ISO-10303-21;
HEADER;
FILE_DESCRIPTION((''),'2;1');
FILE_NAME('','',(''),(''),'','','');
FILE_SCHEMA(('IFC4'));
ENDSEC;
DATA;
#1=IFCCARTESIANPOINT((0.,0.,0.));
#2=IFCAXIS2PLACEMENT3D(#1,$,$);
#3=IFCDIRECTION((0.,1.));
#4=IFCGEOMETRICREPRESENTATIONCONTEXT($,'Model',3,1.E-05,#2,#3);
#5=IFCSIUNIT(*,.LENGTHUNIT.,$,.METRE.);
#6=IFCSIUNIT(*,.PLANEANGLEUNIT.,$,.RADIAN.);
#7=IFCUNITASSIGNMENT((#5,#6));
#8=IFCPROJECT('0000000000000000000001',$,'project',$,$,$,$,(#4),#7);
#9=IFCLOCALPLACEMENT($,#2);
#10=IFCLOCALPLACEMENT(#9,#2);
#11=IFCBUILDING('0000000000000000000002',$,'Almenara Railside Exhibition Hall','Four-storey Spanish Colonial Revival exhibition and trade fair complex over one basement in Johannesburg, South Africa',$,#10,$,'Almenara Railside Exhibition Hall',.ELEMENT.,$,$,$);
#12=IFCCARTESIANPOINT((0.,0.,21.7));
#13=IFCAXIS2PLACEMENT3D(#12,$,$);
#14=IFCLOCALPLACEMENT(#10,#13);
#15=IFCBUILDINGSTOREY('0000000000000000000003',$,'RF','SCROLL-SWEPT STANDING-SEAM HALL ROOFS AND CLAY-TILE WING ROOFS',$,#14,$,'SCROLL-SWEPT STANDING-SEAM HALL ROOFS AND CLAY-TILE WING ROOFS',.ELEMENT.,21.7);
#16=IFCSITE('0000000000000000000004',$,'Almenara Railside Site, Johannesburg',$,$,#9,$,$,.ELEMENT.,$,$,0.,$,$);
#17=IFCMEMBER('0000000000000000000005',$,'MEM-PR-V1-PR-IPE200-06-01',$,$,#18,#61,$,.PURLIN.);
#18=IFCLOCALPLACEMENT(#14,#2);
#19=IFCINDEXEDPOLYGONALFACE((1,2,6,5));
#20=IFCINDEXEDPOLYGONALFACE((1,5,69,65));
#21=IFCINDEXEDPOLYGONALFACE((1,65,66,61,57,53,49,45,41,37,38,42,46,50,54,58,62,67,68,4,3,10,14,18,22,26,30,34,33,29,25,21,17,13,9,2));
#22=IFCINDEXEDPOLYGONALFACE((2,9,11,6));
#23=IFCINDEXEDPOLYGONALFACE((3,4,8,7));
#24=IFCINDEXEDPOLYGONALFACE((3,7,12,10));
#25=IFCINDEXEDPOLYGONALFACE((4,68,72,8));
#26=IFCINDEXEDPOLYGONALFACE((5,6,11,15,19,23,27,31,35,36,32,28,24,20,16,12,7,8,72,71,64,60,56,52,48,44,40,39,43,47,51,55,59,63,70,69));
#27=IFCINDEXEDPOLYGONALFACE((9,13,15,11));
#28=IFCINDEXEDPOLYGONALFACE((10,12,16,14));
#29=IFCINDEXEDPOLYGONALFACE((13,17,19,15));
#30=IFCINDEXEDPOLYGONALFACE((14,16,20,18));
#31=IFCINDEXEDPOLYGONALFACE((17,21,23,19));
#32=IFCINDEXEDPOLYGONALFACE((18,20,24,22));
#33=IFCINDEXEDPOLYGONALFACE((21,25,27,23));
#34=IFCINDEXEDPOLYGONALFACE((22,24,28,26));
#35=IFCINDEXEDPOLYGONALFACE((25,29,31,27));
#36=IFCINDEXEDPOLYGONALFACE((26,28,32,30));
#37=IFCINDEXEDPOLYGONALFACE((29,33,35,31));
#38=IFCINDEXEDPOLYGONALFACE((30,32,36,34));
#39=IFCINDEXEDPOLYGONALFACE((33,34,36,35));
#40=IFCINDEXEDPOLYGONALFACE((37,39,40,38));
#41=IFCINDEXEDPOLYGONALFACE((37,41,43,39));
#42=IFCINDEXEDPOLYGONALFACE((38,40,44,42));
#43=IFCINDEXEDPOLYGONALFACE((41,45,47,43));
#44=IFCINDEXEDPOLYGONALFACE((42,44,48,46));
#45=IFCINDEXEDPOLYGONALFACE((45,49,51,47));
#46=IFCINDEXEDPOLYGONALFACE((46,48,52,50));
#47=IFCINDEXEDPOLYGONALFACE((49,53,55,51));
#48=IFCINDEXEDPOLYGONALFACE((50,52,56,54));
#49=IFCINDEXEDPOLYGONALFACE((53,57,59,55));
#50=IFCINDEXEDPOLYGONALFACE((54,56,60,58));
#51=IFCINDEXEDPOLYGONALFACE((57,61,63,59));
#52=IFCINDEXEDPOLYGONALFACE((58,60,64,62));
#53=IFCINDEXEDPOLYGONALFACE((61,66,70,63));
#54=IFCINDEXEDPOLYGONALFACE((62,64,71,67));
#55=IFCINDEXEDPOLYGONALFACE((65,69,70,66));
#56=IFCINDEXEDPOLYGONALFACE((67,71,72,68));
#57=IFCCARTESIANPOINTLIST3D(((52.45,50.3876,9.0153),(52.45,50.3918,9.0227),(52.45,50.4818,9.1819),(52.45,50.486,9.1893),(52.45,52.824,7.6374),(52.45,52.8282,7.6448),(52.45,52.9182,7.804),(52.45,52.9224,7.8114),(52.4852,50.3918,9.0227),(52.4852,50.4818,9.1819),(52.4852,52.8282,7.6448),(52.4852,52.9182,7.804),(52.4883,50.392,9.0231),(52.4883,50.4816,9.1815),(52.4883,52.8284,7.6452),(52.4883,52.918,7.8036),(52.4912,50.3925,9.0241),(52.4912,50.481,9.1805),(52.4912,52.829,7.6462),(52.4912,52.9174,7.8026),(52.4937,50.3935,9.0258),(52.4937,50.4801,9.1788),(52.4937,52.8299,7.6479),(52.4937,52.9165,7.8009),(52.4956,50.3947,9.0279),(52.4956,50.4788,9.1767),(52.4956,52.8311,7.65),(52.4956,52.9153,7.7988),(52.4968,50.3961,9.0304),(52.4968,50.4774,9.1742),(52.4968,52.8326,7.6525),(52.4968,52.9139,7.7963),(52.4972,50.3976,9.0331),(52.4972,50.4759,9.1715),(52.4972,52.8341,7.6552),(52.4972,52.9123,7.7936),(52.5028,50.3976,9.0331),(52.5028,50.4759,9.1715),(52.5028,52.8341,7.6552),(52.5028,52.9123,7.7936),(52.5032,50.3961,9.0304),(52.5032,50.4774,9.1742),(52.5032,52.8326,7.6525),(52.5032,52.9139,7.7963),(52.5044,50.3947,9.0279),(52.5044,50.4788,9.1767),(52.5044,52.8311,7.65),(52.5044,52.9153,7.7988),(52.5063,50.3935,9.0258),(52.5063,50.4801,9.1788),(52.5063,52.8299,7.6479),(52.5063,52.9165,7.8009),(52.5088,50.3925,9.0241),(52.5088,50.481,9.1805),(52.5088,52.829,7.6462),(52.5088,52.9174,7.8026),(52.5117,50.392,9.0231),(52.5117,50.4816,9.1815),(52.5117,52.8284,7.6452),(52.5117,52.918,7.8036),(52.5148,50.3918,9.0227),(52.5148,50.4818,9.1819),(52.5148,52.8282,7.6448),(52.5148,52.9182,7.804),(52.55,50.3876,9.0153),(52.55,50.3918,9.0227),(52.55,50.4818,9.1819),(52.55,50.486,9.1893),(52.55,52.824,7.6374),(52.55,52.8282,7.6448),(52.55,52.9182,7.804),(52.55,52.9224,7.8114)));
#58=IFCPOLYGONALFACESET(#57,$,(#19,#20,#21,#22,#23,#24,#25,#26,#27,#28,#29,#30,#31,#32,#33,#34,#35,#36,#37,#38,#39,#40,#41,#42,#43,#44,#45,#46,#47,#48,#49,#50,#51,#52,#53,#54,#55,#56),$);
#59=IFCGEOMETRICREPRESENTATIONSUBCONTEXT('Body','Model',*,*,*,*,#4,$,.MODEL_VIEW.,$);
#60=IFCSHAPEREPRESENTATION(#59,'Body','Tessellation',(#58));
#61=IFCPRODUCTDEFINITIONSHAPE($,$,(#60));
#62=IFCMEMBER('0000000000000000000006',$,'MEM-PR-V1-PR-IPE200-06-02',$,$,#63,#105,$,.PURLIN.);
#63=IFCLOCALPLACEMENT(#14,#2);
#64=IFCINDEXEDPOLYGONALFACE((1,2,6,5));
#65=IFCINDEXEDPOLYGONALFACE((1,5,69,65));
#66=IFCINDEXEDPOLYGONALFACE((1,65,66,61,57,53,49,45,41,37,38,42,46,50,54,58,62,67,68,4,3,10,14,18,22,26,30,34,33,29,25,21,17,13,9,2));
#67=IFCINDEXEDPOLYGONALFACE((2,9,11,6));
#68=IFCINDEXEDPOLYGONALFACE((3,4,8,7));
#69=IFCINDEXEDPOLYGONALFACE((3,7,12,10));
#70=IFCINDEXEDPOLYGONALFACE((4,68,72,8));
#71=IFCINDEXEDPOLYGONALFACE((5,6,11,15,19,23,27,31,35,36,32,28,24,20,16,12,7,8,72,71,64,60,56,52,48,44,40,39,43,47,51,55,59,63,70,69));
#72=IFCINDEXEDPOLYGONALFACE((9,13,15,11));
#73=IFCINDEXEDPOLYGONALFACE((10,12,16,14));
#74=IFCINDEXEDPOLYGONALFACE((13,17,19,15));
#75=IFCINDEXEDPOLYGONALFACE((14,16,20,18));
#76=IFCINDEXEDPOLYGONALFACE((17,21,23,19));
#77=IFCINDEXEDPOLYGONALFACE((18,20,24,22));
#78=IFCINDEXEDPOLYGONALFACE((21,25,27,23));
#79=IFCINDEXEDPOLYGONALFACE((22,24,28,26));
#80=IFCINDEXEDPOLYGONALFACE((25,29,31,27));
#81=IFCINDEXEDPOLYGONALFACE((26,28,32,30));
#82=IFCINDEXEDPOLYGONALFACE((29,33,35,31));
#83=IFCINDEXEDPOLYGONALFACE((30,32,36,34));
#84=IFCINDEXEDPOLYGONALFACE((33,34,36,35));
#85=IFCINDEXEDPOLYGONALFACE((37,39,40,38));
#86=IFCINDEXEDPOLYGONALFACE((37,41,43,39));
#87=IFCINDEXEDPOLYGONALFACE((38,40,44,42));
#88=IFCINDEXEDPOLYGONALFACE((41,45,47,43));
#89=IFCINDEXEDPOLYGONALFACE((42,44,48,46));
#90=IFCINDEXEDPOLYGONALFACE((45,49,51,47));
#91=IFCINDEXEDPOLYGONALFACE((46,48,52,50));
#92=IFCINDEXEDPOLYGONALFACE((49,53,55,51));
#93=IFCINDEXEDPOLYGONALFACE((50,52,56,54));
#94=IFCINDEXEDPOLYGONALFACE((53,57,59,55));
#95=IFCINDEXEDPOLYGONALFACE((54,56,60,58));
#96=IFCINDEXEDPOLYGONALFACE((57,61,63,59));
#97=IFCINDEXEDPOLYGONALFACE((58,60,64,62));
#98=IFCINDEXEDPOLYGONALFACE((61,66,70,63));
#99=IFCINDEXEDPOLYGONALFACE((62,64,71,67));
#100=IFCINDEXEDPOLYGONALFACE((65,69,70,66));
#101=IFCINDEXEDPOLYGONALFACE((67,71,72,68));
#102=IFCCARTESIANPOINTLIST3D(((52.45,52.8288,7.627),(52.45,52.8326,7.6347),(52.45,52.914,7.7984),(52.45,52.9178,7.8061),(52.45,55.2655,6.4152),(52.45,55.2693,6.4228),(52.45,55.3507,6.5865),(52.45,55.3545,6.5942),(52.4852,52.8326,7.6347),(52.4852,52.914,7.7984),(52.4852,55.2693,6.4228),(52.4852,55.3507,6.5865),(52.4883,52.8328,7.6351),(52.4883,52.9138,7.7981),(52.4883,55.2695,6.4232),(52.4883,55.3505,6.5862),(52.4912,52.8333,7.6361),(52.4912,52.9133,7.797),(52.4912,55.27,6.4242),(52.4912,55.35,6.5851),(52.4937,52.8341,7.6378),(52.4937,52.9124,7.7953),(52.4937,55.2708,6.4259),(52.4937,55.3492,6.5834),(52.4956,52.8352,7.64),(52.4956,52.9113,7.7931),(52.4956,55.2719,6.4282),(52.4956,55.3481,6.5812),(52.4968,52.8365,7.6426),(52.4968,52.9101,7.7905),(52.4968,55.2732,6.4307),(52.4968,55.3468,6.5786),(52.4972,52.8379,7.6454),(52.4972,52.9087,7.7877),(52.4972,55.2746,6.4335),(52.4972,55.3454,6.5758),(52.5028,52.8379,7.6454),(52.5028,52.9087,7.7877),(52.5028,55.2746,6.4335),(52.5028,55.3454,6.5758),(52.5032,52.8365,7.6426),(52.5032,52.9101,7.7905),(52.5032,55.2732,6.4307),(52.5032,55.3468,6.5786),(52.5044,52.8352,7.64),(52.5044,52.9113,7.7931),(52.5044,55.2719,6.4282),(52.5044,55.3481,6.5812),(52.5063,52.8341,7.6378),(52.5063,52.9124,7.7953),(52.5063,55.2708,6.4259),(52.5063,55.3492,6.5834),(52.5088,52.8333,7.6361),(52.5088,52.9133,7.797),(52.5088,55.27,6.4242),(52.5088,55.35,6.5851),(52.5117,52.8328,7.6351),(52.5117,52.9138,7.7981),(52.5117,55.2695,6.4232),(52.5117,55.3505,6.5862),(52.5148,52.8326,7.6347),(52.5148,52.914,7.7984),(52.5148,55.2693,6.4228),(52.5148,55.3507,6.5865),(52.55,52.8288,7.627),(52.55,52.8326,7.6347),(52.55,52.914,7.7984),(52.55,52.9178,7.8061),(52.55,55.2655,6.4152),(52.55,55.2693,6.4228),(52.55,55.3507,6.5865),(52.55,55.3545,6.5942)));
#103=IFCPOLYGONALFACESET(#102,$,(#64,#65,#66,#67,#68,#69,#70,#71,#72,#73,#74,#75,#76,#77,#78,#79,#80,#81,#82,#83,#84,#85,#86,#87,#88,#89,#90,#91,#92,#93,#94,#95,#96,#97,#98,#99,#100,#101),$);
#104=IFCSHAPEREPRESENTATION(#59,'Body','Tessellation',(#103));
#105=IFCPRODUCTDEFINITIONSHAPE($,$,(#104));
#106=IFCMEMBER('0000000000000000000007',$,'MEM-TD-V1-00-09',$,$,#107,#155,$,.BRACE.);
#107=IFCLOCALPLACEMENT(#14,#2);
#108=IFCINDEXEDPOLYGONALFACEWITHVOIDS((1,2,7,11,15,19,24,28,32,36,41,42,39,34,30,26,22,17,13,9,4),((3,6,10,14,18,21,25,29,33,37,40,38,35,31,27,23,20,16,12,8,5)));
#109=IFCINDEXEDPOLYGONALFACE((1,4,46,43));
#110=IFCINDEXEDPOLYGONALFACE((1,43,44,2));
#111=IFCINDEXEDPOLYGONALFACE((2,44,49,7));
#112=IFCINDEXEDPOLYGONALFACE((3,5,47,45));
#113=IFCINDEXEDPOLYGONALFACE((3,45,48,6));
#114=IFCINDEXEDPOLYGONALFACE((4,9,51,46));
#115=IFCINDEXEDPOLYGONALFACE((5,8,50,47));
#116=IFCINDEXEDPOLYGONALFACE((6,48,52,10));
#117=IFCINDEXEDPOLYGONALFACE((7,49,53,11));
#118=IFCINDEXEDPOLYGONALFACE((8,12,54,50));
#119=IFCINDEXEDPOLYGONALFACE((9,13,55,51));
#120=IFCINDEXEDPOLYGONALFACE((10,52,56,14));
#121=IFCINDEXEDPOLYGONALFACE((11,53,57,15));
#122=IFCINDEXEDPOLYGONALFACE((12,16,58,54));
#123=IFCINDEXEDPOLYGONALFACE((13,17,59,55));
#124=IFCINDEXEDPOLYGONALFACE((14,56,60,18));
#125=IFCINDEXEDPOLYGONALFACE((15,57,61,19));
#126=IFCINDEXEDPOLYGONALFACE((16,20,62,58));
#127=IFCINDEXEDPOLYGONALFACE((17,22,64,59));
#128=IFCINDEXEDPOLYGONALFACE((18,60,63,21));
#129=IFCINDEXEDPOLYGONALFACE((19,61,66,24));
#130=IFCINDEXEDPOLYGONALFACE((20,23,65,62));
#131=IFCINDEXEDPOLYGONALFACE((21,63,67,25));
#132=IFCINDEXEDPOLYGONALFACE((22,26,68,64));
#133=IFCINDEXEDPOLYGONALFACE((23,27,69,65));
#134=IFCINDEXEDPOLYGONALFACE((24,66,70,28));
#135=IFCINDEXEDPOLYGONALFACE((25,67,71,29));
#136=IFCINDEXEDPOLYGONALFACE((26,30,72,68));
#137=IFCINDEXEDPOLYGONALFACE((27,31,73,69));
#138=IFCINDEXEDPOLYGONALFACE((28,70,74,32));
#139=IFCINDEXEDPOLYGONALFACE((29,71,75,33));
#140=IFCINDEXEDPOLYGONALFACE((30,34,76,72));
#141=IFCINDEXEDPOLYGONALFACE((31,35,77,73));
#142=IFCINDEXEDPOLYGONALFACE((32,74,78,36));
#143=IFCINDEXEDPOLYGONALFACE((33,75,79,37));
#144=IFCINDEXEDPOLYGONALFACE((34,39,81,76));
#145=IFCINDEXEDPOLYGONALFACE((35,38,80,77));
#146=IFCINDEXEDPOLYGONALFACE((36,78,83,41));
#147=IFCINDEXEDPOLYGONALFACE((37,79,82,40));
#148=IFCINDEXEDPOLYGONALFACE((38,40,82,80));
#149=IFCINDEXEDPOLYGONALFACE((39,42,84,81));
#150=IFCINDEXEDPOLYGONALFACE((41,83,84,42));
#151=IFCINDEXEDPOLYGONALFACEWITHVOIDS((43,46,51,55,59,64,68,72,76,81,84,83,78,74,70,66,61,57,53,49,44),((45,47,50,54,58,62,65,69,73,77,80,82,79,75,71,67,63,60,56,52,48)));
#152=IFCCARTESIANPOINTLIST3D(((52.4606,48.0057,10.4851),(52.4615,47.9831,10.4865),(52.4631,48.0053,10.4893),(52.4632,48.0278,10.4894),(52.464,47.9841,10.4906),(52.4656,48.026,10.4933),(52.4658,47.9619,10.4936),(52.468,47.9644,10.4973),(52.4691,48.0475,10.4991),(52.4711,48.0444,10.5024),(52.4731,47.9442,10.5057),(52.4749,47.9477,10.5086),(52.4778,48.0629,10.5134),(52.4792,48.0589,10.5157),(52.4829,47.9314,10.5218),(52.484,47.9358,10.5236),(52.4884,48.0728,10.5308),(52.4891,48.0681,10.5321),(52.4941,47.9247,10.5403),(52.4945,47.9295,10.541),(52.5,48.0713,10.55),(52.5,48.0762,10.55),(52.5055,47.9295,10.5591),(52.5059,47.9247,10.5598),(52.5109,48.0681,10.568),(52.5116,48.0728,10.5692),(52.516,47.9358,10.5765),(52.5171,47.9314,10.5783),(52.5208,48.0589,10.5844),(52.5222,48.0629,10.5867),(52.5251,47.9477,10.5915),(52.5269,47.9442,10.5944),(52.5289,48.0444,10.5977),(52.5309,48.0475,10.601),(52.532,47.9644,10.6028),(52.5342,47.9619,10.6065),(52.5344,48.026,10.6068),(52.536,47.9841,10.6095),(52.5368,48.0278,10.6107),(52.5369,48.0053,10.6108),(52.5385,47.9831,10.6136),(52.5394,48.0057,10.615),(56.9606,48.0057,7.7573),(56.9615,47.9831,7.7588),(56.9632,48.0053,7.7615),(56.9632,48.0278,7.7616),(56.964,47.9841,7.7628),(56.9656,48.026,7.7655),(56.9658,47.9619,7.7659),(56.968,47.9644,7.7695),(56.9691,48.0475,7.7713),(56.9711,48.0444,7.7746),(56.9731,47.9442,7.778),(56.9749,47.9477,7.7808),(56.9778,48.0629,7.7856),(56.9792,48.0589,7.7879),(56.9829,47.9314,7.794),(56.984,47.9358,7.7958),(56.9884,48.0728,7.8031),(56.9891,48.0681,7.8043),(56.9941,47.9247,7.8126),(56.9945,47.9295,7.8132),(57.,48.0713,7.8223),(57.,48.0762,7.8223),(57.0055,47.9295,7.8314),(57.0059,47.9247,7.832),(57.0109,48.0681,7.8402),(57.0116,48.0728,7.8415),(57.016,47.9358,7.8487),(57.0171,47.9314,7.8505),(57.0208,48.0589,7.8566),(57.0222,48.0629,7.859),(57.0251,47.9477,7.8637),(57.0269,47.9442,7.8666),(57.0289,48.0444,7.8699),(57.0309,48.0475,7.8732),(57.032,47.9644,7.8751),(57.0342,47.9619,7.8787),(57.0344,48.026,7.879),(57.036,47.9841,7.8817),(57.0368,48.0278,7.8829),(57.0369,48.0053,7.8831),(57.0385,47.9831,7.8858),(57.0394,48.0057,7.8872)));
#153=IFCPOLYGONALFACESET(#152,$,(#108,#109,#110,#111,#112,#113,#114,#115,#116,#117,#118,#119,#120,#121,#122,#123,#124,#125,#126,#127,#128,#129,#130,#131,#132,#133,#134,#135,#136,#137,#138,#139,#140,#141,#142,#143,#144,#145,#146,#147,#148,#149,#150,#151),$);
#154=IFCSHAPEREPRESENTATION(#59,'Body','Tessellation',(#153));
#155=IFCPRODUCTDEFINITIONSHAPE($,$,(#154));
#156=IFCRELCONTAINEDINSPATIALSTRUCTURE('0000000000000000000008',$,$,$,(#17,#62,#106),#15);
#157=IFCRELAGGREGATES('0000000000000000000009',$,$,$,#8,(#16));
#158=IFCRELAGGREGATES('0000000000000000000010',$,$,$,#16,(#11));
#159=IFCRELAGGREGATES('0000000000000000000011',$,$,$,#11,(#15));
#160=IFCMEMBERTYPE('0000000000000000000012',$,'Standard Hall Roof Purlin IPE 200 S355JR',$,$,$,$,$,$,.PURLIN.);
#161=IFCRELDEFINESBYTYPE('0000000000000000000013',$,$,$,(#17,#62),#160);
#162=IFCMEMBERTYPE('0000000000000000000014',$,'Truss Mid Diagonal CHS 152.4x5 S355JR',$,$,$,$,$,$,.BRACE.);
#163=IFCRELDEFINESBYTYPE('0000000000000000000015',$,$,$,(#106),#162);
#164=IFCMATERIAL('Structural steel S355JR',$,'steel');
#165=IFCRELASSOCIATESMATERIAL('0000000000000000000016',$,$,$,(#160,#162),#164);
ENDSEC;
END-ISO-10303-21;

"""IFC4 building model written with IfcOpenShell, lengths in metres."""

from ifc_helpers import new_model, si_unit, direction, frame, origin, origin_2d, place, context, subcontext, project, spatial, hollow_circle, i_section, extrude, material, material_profile, profile_set, type_object, element, save


model = new_model("IFC4")

# Units and contexts
model_context = context("Model", 3, precision=1e-05, world=origin(), true_north=direction((0.0, 1.0)))
body_context = subcontext(model_context, "Body", "Model", "MODEL_VIEW")
ifc_project = project(units=[si_unit("LENGTHUNIT", "METRE"), si_unit("PLANEANGLEUNIT", "RADIAN")], contexts=[model_context])

# Site, building, storey
site_placement = place(None, origin())
site = spatial("IfcSite", under=ifc_project, at=site_placement, Name="Almenara Railside Site, Johannesburg", CompositionType="ELEMENT", RefElevation=0.0)
building_placement = place(site_placement, origin())
building = spatial("IfcBuilding", under=site, at=building_placement, Name="Almenara Railside Exhibition Hall", Description="Four-storey Spanish Colonial Revival exhibition and trade fair complex over one basement in Johannesburg, South Africa", LongName="Almenara Railside Exhibition Hall", CompositionType="ELEMENT")
storey_placement = place(building_placement, frame((0.0, 0.0, 21.7)))
storey = spatial("IfcBuildingStorey", under=building, at=storey_placement, Name="RF", Description="SCROLL-SWEPT STANDING-SEAM HALL ROOFS AND CLAY-TILE WING ROOFS", LongName="SCROLL-SWEPT STANDING-SEAM HALL ROOFS AND CLAY-TILE WING ROOFS", CompositionType="ELEMENT", Elevation=21.7)

# Shared definitions
ifc_material_1 = material(Name="Structural steel S355JR", Category="steel")

# Members
ifc_material_profile_1 = material_profile(ifc_material_1, i_section(OverallWidth=0.1001, OverallDepth=0.2, WebThickness=0.0056, FlangeThickness=0.0085, FilletRadius=0.012, at=origin_2d()), Name="IPE 200")
ifc_profile_set_1 = profile_set([ifc_material_profile_1], Name="Structural steel S355JR")
member_type_1 = type_object("IfcMemberType", Name="Standard Hall Roof Purlin IPE 200 S355JR", PredefinedType="PURLIN", material=ifc_profile_set_1)
member_1_placement = place(storey_placement, frame((52.5, 50.4368, 9.1023), z_axis=(0.0, 0.870446, -0.492264), x_axis=(-1.0, 0.0, 0.0)))
element("IfcMember", 1, at=member_1_placement, inside=storey, type_object=member_type_1, Name="MEM-PR-V1-PR-IPE200-06-01", PredefinedType="PURLIN", context=body_context, shape_type="SweptSolid", body=[
    extrude(i_section(OverallWidth=0.1001, OverallDepth=0.2, WebThickness=0.0056, FlangeThickness=0.0085, FilletRadius=0.012, at=origin_2d()), origin(), (0.0, 0.0, 1.0), 2.7991),
])
member_2_placement = place(storey_placement, frame((52.5, 52.8733, 7.7166), z_axis=(0.0, 0.895376, -0.445311), x_axis=(-1.0, 0.0, 0.0)))
element("IfcMember", 2, at=member_2_placement, inside=storey, type_object=member_type_1, Name="MEM-PR-V1-PR-IPE200-06-02", PredefinedType="PURLIN", context=body_context, shape_type="SweptSolid", body=[
    extrude(i_section(OverallWidth=0.1001, OverallDepth=0.2, WebThickness=0.0056, FlangeThickness=0.0085, FilletRadius=0.012, at=origin_2d()), origin(), (0.0, 0.0, 1.0), 2.7214),
])
ifc_material_profile_2 = material_profile(ifc_material_1, hollow_circle(Radius=0.0762, WallThickness=0.0049, at=origin_2d()), Name="CHS 152.4x5")
ifc_profile_set_2 = profile_set([ifc_material_profile_2], Name="Structural steel S355JR")
member_type_2 = type_object("IfcMemberType", Name="Truss Mid Diagonal CHS 152.4x5 S355JR", PredefinedType="BRACE", material=ifc_profile_set_2)
member_3_placement = place(storey_placement, frame((52.5, 48.0, 10.55), z_axis=(0.855155, 0.0, -0.518373), x_axis=(0.0, 1.0, 0.0)))
element("IfcMember", 3, at=member_3_placement, inside=storey, type_object=member_type_2, Name="MEM-TD-V1-00-09", PredefinedType="BRACE", context=body_context, shape_type="SweptSolid", body=[
    extrude(hollow_circle(Radius=0.0762, WallThickness=0.0049, at=origin_2d()), origin(), (0.0, 0.0, 1.0), 5.2622),
])

save(model, "model.ifc")
